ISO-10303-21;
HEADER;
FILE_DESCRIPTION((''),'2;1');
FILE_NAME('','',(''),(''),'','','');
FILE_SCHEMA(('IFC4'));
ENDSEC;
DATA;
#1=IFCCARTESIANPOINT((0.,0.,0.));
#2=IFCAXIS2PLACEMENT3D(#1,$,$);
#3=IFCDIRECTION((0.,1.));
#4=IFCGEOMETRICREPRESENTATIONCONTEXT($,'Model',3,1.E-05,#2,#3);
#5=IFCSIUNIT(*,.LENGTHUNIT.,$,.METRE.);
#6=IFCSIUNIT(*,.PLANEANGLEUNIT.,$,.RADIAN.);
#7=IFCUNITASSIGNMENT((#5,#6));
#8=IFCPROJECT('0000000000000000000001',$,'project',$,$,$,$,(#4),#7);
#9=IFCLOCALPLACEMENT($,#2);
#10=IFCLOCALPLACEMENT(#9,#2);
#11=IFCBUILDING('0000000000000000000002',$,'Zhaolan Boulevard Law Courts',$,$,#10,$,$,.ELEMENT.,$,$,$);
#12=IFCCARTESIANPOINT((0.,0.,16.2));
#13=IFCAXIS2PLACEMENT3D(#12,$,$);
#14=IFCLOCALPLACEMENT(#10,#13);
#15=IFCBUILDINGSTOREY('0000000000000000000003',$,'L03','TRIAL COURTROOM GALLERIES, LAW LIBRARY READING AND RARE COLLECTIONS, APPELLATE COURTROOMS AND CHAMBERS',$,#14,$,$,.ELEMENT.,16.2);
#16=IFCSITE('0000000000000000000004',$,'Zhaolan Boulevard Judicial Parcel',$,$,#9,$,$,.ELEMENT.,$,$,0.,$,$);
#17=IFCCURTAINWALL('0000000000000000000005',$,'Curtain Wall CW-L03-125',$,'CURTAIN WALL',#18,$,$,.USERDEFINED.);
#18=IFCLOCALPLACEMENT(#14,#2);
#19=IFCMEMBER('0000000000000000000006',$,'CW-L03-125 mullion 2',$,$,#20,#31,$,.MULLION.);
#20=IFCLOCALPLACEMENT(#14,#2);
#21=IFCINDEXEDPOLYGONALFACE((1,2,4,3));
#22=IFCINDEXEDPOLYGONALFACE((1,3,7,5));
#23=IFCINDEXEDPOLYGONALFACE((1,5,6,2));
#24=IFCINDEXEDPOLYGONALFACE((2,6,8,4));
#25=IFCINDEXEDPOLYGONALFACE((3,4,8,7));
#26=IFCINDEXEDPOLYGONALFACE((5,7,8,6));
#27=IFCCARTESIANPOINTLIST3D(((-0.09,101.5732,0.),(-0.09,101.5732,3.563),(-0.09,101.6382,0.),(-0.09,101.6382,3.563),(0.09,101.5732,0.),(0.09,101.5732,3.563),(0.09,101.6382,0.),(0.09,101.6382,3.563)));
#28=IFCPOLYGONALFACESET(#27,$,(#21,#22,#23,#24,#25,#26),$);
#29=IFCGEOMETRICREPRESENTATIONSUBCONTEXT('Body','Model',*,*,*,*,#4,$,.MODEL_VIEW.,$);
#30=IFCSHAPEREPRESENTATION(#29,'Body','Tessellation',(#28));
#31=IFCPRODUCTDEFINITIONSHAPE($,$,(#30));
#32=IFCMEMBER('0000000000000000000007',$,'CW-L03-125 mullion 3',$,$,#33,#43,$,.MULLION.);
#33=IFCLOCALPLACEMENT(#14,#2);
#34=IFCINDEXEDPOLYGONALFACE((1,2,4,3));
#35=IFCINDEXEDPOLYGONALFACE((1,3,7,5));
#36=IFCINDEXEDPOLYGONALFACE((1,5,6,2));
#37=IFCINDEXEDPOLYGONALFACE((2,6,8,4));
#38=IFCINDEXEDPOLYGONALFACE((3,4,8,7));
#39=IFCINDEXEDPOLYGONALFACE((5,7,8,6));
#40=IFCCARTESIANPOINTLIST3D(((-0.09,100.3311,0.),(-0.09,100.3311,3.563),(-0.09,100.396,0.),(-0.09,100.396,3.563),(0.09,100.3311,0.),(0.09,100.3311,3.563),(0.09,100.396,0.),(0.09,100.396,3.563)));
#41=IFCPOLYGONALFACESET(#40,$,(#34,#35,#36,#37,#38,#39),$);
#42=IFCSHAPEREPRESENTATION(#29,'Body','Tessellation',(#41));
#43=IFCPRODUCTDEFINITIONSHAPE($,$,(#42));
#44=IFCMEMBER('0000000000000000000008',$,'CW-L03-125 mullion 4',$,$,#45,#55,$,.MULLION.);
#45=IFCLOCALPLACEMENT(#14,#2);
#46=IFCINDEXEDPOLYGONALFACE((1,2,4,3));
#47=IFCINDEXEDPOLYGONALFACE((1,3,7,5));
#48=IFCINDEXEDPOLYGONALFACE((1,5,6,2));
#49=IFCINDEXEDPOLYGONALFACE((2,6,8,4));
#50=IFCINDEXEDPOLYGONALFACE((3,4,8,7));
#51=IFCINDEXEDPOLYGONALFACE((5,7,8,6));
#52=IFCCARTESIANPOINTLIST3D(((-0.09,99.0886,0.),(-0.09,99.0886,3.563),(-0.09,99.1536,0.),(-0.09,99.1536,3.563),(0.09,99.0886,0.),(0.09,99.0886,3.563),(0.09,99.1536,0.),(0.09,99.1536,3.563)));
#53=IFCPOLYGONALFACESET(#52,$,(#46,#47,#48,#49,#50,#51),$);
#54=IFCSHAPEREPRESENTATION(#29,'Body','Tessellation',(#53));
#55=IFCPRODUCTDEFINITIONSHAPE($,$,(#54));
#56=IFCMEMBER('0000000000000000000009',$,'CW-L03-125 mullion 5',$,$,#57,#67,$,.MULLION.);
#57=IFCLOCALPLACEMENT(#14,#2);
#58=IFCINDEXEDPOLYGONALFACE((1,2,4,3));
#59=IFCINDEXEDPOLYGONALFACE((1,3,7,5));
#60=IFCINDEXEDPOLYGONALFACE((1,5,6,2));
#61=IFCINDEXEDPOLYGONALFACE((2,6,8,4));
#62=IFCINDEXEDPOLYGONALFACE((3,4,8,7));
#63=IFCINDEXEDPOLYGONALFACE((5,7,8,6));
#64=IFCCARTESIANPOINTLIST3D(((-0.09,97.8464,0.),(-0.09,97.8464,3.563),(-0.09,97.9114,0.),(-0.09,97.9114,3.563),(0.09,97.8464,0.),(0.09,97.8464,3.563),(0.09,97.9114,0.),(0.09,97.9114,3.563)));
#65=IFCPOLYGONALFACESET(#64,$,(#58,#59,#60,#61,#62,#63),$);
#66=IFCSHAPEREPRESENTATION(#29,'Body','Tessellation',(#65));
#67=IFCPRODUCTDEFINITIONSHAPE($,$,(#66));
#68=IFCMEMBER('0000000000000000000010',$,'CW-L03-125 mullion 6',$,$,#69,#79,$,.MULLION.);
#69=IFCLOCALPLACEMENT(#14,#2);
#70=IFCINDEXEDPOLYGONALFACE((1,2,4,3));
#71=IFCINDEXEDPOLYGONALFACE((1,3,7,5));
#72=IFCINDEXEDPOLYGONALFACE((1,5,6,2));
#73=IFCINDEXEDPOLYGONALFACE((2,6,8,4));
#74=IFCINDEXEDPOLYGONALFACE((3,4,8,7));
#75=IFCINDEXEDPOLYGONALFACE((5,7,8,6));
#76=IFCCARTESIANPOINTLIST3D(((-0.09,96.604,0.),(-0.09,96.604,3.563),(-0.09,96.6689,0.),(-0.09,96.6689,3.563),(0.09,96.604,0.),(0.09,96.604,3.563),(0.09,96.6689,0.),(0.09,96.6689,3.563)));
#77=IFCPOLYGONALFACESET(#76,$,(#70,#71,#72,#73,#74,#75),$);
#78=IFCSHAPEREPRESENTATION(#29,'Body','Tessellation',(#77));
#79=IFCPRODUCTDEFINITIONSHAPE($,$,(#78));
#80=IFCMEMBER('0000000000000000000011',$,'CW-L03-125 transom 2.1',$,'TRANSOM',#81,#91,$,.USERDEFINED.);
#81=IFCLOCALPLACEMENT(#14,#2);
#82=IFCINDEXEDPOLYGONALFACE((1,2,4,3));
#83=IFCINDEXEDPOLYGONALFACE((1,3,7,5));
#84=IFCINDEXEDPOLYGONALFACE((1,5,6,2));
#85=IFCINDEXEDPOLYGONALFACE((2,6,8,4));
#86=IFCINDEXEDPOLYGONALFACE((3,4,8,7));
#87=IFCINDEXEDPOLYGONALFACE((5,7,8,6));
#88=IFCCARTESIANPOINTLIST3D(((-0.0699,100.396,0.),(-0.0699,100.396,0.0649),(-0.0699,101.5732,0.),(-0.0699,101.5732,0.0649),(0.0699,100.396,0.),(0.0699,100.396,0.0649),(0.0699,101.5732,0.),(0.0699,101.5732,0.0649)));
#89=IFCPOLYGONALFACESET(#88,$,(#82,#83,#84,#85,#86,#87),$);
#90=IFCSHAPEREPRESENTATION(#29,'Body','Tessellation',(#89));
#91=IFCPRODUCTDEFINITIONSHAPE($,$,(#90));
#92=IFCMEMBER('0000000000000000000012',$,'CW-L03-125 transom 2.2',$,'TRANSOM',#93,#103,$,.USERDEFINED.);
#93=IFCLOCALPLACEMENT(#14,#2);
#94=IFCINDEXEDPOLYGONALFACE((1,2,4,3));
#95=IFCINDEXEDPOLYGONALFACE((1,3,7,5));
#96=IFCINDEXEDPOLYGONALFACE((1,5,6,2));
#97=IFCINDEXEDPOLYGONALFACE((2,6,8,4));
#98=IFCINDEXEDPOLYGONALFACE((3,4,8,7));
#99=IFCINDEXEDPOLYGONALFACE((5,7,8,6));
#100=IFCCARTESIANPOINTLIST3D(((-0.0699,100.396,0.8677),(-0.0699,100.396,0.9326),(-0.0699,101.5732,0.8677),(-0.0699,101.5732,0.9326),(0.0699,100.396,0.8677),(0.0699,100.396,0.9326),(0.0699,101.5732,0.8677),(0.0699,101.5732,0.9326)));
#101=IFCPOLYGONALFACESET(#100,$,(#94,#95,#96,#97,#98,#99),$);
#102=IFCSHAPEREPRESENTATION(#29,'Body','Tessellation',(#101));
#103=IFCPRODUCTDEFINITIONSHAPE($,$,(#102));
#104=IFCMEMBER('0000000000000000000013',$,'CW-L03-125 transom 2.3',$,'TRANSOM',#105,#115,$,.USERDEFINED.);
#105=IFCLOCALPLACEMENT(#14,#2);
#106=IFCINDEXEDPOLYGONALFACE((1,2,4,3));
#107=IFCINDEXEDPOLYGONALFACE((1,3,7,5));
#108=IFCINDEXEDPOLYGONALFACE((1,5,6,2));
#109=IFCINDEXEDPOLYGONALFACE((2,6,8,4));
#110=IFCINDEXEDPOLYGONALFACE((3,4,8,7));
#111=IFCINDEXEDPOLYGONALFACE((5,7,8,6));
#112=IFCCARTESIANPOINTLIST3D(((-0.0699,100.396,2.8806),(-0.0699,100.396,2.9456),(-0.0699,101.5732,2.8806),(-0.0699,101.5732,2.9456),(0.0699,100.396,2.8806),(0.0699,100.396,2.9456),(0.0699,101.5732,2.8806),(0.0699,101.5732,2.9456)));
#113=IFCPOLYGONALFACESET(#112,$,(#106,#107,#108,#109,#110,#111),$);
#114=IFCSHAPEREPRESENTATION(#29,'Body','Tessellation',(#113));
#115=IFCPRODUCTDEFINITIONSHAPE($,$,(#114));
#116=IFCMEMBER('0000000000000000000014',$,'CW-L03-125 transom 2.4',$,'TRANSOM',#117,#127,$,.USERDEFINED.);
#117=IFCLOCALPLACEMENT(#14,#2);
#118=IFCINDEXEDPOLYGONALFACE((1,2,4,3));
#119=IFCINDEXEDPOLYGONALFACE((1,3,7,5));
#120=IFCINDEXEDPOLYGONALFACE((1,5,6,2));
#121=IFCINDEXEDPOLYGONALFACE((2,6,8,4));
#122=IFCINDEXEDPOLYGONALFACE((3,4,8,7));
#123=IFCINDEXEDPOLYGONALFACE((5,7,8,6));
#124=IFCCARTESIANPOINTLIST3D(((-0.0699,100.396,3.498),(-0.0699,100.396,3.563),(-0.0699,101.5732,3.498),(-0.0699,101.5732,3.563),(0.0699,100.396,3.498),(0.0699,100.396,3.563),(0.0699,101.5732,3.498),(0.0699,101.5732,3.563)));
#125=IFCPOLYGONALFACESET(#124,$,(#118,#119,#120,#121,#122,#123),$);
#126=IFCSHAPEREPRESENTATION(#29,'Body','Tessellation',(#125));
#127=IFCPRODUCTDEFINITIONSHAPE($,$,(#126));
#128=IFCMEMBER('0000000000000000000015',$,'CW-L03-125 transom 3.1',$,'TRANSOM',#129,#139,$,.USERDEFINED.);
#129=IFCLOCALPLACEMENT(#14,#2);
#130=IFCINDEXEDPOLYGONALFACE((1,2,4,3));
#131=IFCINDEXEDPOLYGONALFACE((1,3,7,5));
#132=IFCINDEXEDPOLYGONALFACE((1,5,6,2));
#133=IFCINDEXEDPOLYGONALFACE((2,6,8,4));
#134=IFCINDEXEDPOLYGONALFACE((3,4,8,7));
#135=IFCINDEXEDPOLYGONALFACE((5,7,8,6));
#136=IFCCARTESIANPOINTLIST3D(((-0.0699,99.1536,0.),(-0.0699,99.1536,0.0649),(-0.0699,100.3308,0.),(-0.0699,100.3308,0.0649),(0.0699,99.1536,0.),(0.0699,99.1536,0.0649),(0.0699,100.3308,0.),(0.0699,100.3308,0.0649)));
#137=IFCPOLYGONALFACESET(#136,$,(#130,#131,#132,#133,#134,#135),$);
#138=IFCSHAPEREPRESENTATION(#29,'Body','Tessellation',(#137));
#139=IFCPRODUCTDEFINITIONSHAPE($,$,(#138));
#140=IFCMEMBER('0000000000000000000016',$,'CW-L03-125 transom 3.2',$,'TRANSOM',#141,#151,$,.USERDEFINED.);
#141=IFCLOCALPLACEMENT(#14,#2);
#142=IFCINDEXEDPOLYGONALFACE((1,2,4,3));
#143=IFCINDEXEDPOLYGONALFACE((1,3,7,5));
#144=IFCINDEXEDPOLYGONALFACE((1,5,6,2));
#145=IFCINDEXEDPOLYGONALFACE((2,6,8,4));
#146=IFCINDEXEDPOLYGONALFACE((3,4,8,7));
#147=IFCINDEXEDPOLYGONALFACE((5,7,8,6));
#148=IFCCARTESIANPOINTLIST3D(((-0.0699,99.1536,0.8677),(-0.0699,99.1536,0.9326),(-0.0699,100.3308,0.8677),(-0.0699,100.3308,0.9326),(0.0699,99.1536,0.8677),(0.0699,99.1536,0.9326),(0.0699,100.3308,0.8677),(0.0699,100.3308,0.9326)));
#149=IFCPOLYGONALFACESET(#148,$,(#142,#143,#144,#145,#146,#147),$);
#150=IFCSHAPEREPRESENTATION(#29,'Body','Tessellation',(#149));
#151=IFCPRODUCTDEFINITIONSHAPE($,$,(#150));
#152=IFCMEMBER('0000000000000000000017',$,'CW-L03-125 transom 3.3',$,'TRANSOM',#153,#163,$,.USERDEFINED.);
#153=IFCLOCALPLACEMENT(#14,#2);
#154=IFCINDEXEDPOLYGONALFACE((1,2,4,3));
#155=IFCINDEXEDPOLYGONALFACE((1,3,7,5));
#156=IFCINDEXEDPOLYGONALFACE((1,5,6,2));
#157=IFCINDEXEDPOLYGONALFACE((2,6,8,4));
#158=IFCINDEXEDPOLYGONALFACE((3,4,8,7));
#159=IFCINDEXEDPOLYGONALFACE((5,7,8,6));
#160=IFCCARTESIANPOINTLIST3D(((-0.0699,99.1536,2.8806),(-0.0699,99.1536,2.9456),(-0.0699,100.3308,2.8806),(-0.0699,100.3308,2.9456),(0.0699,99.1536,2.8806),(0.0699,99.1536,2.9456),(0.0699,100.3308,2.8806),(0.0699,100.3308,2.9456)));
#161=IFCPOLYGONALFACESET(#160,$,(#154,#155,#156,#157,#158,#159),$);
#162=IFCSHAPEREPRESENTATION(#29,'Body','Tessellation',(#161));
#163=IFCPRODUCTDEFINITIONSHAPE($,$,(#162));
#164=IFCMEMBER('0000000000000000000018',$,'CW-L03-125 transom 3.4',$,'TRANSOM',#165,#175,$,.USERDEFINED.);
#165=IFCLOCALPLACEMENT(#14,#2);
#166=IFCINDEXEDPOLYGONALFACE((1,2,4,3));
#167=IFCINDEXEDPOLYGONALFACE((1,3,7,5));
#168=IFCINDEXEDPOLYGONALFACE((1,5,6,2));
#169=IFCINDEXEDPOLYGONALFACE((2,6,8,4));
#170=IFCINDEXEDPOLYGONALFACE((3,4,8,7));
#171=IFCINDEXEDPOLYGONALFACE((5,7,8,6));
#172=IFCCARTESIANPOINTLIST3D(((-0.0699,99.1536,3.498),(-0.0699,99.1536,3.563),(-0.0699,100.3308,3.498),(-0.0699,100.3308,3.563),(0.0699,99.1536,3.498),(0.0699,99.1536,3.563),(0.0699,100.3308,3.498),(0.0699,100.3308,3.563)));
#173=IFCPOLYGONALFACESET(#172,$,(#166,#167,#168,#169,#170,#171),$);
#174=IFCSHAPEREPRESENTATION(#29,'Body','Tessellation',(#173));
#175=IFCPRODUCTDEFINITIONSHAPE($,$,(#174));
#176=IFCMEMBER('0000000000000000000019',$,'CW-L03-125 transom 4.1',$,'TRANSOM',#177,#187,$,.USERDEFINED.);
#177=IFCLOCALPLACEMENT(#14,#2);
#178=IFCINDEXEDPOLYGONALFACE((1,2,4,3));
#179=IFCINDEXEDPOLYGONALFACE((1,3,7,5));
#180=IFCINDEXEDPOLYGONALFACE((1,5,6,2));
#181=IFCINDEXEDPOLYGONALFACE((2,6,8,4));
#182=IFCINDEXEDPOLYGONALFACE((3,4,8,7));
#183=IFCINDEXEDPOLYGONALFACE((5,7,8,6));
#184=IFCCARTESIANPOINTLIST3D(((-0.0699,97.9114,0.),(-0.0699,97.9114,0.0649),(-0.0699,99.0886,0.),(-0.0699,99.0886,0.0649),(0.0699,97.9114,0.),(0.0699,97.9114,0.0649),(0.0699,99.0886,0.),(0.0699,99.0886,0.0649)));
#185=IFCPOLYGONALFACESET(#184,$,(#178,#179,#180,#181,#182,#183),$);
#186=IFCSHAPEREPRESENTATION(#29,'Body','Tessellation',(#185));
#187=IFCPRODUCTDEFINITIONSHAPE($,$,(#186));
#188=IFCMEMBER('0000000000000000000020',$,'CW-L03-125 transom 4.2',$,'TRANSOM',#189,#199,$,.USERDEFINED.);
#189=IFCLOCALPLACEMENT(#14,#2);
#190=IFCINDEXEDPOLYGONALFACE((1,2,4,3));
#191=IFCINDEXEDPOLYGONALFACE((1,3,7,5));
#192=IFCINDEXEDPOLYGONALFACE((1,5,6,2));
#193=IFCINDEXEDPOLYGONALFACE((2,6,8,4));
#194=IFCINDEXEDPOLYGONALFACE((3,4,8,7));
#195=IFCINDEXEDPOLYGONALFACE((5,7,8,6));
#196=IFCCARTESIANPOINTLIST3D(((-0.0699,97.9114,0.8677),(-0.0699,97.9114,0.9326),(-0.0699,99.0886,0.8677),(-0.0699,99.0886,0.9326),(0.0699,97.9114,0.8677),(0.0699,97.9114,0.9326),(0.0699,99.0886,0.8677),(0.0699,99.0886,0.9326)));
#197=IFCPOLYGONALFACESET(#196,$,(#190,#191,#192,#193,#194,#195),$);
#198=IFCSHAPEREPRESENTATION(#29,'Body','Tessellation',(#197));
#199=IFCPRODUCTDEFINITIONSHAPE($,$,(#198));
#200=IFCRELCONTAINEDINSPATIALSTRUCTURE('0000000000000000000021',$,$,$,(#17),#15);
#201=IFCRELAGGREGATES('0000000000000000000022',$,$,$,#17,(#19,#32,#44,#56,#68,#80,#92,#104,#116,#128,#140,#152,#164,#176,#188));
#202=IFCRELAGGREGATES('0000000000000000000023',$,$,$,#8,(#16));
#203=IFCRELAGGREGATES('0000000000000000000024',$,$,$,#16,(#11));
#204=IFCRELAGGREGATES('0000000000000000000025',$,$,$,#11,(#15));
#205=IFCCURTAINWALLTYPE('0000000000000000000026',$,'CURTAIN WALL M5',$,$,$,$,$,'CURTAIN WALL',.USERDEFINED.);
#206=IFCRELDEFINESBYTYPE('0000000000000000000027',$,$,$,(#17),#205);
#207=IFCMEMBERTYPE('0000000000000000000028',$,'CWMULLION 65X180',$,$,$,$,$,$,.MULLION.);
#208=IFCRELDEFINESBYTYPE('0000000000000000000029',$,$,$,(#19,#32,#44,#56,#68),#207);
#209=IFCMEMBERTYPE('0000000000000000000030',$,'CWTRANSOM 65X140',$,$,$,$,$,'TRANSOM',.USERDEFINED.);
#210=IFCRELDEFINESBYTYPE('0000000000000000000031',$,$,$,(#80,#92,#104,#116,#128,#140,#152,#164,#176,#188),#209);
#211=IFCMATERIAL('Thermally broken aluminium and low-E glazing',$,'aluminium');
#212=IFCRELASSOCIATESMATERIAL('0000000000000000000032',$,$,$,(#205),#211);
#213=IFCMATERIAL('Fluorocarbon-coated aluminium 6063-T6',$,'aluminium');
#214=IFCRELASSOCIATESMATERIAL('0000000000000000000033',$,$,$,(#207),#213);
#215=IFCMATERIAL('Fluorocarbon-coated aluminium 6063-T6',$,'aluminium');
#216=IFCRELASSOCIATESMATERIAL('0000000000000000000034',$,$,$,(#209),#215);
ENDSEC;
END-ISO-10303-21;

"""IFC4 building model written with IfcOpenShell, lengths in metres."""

from ifc_helpers import new_model, si_unit, direction, frame, origin, origin_2d, place, context, subcontext, project, spatial, rectangle, extrude, material, material_profile, profile_set, type_object, element, aggregate, save


model = new_model("IFC4")

# Units and contexts
model_context = context("Model", 3, precision=1e-05, world=origin(), true_north=direction((0.0, 1.0)))
body_context = subcontext(model_context, "Body", "Model", "MODEL_VIEW")
ifc_project = project(units=[si_unit("LENGTHUNIT", "METRE"), si_unit("PLANEANGLEUNIT", "RADIAN")], contexts=[model_context])

# Site, building, storey
site_placement = place(None, origin())
site = spatial("IfcSite", under=ifc_project, at=site_placement, Name="Zhaolan Boulevard Judicial Parcel", CompositionType="ELEMENT", RefElevation=0.0)
building_placement = place(site_placement, origin())
building = spatial("IfcBuilding", under=site, at=building_placement, Name="Zhaolan Boulevard Law Courts", CompositionType="ELEMENT")
storey_placement = place(building_placement, frame((0.0, 0.0, 16.2)))
storey = spatial("IfcBuildingStorey", under=building, at=storey_placement, Name="L03", Description="TRIAL COURTROOM GALLERIES, LAW LIBRARY READING AND RARE COLLECTIONS, APPELLATE COURTROOMS AND CHAMBERS", CompositionType="ELEMENT", Elevation=16.2)

# Curtain wall, members
ifc_material_1 = material(Name="Thermally broken aluminium and low-E glazing", Category="aluminium")
curtain_wall_type = type_object("IfcCurtainWallType", Name="CURTAIN WALL M5", ElementType="CURTAIN WALL", PredefinedType="USERDEFINED", material=ifc_material_1)
curtain_wall_placement = place(storey_placement, origin())
curtain_wall = element("IfcCurtainWall", 1, at=curtain_wall_placement, inside=storey, type_object=curtain_wall_type, Name="Curtain Wall CW-L03-125", ObjectType="CURTAIN WALL", PredefinedType="USERDEFINED")
ifc_material_2 = material(Name="Fluorocarbon-coated aluminium 6063-T6", Category="aluminium")
ifc_material_profile_1 = material_profile(ifc_material_2, rectangle(XDim=0.1799, YDim=0.0649, at=origin_2d()), Name="AL65x180")
ifc_profile_set_1 = profile_set([ifc_material_profile_1], Name="Fluorocarbon-coated aluminium 6063-T6")
member_type_1 = type_object("IfcMemberType", Name="CWMULLION 65X180", PredefinedType="MULLION", material=ifc_profile_set_1)
member_1_placement = place(storey_placement, frame((0.0, 101.6057, 0.0), z_axis=(0.0, 0.0, 1.0), x_axis=(1.0, 0.0, 0.0)))
member_1 = element("IfcMember", 2, at=member_1_placement, type_object=member_type_1, Name="CW-L03-125 mullion 2", PredefinedType="MULLION", context=body_context, shape_type="SweptSolid", body=[
    extrude(rectangle(XDim=0.1799, YDim=0.0649, at=origin_2d()), origin(), (0.0, 0.0, 1.0), 3.563),
])
member_2_placement = place(storey_placement, frame((0.0, 100.3635, 0.0), z_axis=(0.0, 0.0, 1.0), x_axis=(1.0, 0.0, 0.0)))
member_2 = element("IfcMember", 3, at=member_2_placement, type_object=member_type_1, Name="CW-L03-125 mullion 3", PredefinedType="MULLION", context=body_context, shape_type="SweptSolid", body=[
    extrude(rectangle(XDim=0.1799, YDim=0.0649, at=origin_2d()), origin(), (0.0, 0.0, 1.0), 3.563),
])
member_3_placement = place(storey_placement, frame((0.0, 99.1211, 0.0), z_axis=(0.0, 0.0, 1.0), x_axis=(1.0, 0.0, 0.0)))
member_3 = element("IfcMember", 4, at=member_3_placement, type_object=member_type_1, Name="CW-L03-125 mullion 4", PredefinedType="MULLION", context=body_context, shape_type="SweptSolid", body=[
    extrude(rectangle(XDim=0.1799, YDim=0.0649, at=origin_2d()), origin(), (0.0, 0.0, 1.0), 3.563),
])
member_4_placement = place(storey_placement, frame((0.0, 97.8789, 0.0), z_axis=(0.0, 0.0, 1.0), x_axis=(1.0, 0.0, 0.0)))
member_4 = element("IfcMember", 5, at=member_4_placement, type_object=member_type_1, Name="CW-L03-125 mullion 5", PredefinedType="MULLION", context=body_context, shape_type="SweptSolid", body=[
    extrude(rectangle(XDim=0.1799, YDim=0.0649, at=origin_2d()), origin(), (0.0, 0.0, 1.0), 3.563),
])
member_5_placement = place(storey_placement, frame((0.0, 96.6365, 0.0), z_axis=(0.0, 0.0, 1.0), x_axis=(1.0, 0.0, 0.0)))
member_5 = element("IfcMember", 6, at=member_5_placement, type_object=member_type_1, Name="CW-L03-125 mullion 6", PredefinedType="MULLION", context=body_context, shape_type="SweptSolid", body=[
    extrude(rectangle(XDim=0.1799, YDim=0.0649, at=origin_2d()), origin(), (0.0, 0.0, 1.0), 3.563),
])
ifc_material_3 = material(Name="Fluorocarbon-coated aluminium 6063-T6", Category="aluminium")
ifc_material_profile_2 = material_profile(ifc_material_3, rectangle(XDim=0.1399, YDim=0.0649, at=origin_2d()), Name="AL65x140")
ifc_profile_set_2 = profile_set([ifc_material_profile_2], Name="Fluorocarbon-coated aluminium 6063-T6")
member_type_2 = type_object("IfcMemberType", Name="CWTRANSOM 65X140", ElementType="TRANSOM", PredefinedType="USERDEFINED", material=ifc_profile_set_2)
member_6_placement = place(storey_placement, frame((0.0, 101.5732, 0.0325), z_axis=(0.0, -1.0, 0.0), x_axis=(1.0, 0.0, 0.0)))
member_6 = element("IfcMember", 7, at=member_6_placement, type_object=member_type_2, Name="CW-L03-125 transom 2.1", ObjectType="TRANSOM", PredefinedType="USERDEFINED", context=body_context, shape_type="SweptSolid", body=[
    extrude(rectangle(XDim=0.1399, YDim=0.0649, at=origin_2d()), origin(), (0.0, 0.0, 1.0), 1.1772),
])
member_7_placement = place(storey_placement, frame((0.0, 101.5732, 0.9001), z_axis=(0.0, -1.0, 0.0), x_axis=(1.0, 0.0, 0.0)))
member_7 = element("IfcMember", 8, at=member_7_placement, type_object=member_type_2, Name="CW-L03-125 transom 2.2", ObjectType="TRANSOM", PredefinedType="USERDEFINED", context=body_context, shape_type="SweptSolid", body=[
    extrude(rectangle(XDim=0.1399, YDim=0.0649, at=origin_2d()), origin(), (0.0, 0.0, 1.0), 1.1772),
])
member_8_placement = place(storey_placement, frame((0.0, 101.5732, 2.9131), z_axis=(0.0, -1.0, 0.0), x_axis=(1.0, 0.0, 0.0)))
member_8 = element("IfcMember", 9, at=member_8_placement, type_object=member_type_2, Name="CW-L03-125 transom 2.3", ObjectType="TRANSOM", PredefinedType="USERDEFINED", context=body_context, shape_type="SweptSolid", body=[
    extrude(rectangle(XDim=0.1399, YDim=0.0649, at=origin_2d()), origin(), (0.0, 0.0, 1.0), 1.1772),
])
member_9_placement = place(storey_placement, frame((0.0, 101.5732, 3.5305), z_axis=(0.0, -1.0, 0.0), x_axis=(1.0, 0.0, 0.0)))
member_9 = element("IfcMember", 10, at=member_9_placement, type_object=member_type_2, Name="CW-L03-125 transom 2.4", ObjectType="TRANSOM", PredefinedType="USERDEFINED", context=body_context, shape_type="SweptSolid", body=[
    extrude(rectangle(XDim=0.1399, YDim=0.0649, at=origin_2d()), origin(), (0.0, 0.0, 1.0), 1.1772),
])
member_10_placement = place(storey_placement, frame((0.0, 100.3308, 0.0325), z_axis=(0.0, -1.0, 0.0), x_axis=(1.0, 0.0, 0.0)))
member_10 = element("IfcMember", 11, at=member_10_placement, type_object=member_type_2, Name="CW-L03-125 transom 3.1", ObjectType="TRANSOM", PredefinedType="USERDEFINED", context=body_context, shape_type="SweptSolid", body=[
    extrude(rectangle(XDim=0.1399, YDim=0.0649, at=origin_2d()), origin(), (0.0, 0.0, 1.0), 1.1772),
])
member_11_placement = place(storey_placement, frame((0.0, 100.3308, 0.9001), z_axis=(0.0, -1.0, 0.0), x_axis=(1.0, 0.0, 0.0)))
member_11 = element("IfcMember", 12, at=member_11_placement, type_object=member_type_2, Name="CW-L03-125 transom 3.2", ObjectType="TRANSOM", PredefinedType="USERDEFINED", context=body_context, shape_type="SweptSolid", body=[
    extrude(rectangle(XDim=0.1399, YDim=0.0649, at=origin_2d()), origin(), (0.0, 0.0, 1.0), 1.1772),
])
member_12_placement = place(storey_placement, frame((0.0, 100.3308, 2.9131), z_axis=(0.0, -1.0, 0.0), x_axis=(1.0, 0.0, 0.0)))
member_12 = element("IfcMember", 13, at=member_12_placement, type_object=member_type_2, Name="CW-L03-125 transom 3.3", ObjectType="TRANSOM", PredefinedType="USERDEFINED", context=body_context, shape_type="SweptSolid", body=[
    extrude(rectangle(XDim=0.1399, YDim=0.0649, at=origin_2d()), origin(), (0.0, 0.0, 1.0), 1.1772),
])
member_13_placement = place(storey_placement, frame((0.0, 100.3308, 3.5305), z_axis=(0.0, -1.0, 0.0), x_axis=(1.0, 0.0, 0.0)))
member_13 = element("IfcMember", 14, at=member_13_placement, type_object=member_type_2, Name="CW-L03-125 transom 3.4", ObjectType="TRANSOM", PredefinedType="USERDEFINED", context=body_context, shape_type="SweptSolid", body=[
    extrude(rectangle(XDim=0.1399, YDim=0.0649, at=origin_2d()), origin(), (0.0, 0.0, 1.0), 1.1772),
])
member_14_placement = place(storey_placement, frame((0.0, 99.0886, 0.0325), z_axis=(0.0, -1.0, 0.0), x_axis=(1.0, 0.0, 0.0)))
member_14 = element("IfcMember", 15, at=member_14_placement, type_object=member_type_2, Name="CW-L03-125 transom 4.1", ObjectType="TRANSOM", PredefinedType="USERDEFINED", context=body_context, shape_type="SweptSolid", body=[
    extrude(rectangle(XDim=0.1399, YDim=0.0649, at=origin_2d()), origin(), (0.0, 0.0, 1.0), 1.1772),
])
member_15_placement = place(storey_placement, frame((0.0, 99.0886, 0.9001), z_axis=(0.0, -1.0, 0.0), x_axis=(1.0, 0.0, 0.0)))
member_15 = element("IfcMember", 16, at=member_15_placement, type_object=member_type_2, Name="CW-L03-125 transom 4.2", ObjectType="TRANSOM", PredefinedType="USERDEFINED", context=body_context, shape_type="SweptSolid", body=[
    extrude(rectangle(XDim=0.1399, YDim=0.0649, at=origin_2d()), origin(), (0.0, 0.0, 1.0), 1.1772),
])
aggregate(curtain_wall, [member_1, member_2, member_3, member_4, member_5, member_6, member_7, member_8, member_9, member_10, member_11, member_12, member_13, member_14, member_15])

save(model, "model.ifc")
